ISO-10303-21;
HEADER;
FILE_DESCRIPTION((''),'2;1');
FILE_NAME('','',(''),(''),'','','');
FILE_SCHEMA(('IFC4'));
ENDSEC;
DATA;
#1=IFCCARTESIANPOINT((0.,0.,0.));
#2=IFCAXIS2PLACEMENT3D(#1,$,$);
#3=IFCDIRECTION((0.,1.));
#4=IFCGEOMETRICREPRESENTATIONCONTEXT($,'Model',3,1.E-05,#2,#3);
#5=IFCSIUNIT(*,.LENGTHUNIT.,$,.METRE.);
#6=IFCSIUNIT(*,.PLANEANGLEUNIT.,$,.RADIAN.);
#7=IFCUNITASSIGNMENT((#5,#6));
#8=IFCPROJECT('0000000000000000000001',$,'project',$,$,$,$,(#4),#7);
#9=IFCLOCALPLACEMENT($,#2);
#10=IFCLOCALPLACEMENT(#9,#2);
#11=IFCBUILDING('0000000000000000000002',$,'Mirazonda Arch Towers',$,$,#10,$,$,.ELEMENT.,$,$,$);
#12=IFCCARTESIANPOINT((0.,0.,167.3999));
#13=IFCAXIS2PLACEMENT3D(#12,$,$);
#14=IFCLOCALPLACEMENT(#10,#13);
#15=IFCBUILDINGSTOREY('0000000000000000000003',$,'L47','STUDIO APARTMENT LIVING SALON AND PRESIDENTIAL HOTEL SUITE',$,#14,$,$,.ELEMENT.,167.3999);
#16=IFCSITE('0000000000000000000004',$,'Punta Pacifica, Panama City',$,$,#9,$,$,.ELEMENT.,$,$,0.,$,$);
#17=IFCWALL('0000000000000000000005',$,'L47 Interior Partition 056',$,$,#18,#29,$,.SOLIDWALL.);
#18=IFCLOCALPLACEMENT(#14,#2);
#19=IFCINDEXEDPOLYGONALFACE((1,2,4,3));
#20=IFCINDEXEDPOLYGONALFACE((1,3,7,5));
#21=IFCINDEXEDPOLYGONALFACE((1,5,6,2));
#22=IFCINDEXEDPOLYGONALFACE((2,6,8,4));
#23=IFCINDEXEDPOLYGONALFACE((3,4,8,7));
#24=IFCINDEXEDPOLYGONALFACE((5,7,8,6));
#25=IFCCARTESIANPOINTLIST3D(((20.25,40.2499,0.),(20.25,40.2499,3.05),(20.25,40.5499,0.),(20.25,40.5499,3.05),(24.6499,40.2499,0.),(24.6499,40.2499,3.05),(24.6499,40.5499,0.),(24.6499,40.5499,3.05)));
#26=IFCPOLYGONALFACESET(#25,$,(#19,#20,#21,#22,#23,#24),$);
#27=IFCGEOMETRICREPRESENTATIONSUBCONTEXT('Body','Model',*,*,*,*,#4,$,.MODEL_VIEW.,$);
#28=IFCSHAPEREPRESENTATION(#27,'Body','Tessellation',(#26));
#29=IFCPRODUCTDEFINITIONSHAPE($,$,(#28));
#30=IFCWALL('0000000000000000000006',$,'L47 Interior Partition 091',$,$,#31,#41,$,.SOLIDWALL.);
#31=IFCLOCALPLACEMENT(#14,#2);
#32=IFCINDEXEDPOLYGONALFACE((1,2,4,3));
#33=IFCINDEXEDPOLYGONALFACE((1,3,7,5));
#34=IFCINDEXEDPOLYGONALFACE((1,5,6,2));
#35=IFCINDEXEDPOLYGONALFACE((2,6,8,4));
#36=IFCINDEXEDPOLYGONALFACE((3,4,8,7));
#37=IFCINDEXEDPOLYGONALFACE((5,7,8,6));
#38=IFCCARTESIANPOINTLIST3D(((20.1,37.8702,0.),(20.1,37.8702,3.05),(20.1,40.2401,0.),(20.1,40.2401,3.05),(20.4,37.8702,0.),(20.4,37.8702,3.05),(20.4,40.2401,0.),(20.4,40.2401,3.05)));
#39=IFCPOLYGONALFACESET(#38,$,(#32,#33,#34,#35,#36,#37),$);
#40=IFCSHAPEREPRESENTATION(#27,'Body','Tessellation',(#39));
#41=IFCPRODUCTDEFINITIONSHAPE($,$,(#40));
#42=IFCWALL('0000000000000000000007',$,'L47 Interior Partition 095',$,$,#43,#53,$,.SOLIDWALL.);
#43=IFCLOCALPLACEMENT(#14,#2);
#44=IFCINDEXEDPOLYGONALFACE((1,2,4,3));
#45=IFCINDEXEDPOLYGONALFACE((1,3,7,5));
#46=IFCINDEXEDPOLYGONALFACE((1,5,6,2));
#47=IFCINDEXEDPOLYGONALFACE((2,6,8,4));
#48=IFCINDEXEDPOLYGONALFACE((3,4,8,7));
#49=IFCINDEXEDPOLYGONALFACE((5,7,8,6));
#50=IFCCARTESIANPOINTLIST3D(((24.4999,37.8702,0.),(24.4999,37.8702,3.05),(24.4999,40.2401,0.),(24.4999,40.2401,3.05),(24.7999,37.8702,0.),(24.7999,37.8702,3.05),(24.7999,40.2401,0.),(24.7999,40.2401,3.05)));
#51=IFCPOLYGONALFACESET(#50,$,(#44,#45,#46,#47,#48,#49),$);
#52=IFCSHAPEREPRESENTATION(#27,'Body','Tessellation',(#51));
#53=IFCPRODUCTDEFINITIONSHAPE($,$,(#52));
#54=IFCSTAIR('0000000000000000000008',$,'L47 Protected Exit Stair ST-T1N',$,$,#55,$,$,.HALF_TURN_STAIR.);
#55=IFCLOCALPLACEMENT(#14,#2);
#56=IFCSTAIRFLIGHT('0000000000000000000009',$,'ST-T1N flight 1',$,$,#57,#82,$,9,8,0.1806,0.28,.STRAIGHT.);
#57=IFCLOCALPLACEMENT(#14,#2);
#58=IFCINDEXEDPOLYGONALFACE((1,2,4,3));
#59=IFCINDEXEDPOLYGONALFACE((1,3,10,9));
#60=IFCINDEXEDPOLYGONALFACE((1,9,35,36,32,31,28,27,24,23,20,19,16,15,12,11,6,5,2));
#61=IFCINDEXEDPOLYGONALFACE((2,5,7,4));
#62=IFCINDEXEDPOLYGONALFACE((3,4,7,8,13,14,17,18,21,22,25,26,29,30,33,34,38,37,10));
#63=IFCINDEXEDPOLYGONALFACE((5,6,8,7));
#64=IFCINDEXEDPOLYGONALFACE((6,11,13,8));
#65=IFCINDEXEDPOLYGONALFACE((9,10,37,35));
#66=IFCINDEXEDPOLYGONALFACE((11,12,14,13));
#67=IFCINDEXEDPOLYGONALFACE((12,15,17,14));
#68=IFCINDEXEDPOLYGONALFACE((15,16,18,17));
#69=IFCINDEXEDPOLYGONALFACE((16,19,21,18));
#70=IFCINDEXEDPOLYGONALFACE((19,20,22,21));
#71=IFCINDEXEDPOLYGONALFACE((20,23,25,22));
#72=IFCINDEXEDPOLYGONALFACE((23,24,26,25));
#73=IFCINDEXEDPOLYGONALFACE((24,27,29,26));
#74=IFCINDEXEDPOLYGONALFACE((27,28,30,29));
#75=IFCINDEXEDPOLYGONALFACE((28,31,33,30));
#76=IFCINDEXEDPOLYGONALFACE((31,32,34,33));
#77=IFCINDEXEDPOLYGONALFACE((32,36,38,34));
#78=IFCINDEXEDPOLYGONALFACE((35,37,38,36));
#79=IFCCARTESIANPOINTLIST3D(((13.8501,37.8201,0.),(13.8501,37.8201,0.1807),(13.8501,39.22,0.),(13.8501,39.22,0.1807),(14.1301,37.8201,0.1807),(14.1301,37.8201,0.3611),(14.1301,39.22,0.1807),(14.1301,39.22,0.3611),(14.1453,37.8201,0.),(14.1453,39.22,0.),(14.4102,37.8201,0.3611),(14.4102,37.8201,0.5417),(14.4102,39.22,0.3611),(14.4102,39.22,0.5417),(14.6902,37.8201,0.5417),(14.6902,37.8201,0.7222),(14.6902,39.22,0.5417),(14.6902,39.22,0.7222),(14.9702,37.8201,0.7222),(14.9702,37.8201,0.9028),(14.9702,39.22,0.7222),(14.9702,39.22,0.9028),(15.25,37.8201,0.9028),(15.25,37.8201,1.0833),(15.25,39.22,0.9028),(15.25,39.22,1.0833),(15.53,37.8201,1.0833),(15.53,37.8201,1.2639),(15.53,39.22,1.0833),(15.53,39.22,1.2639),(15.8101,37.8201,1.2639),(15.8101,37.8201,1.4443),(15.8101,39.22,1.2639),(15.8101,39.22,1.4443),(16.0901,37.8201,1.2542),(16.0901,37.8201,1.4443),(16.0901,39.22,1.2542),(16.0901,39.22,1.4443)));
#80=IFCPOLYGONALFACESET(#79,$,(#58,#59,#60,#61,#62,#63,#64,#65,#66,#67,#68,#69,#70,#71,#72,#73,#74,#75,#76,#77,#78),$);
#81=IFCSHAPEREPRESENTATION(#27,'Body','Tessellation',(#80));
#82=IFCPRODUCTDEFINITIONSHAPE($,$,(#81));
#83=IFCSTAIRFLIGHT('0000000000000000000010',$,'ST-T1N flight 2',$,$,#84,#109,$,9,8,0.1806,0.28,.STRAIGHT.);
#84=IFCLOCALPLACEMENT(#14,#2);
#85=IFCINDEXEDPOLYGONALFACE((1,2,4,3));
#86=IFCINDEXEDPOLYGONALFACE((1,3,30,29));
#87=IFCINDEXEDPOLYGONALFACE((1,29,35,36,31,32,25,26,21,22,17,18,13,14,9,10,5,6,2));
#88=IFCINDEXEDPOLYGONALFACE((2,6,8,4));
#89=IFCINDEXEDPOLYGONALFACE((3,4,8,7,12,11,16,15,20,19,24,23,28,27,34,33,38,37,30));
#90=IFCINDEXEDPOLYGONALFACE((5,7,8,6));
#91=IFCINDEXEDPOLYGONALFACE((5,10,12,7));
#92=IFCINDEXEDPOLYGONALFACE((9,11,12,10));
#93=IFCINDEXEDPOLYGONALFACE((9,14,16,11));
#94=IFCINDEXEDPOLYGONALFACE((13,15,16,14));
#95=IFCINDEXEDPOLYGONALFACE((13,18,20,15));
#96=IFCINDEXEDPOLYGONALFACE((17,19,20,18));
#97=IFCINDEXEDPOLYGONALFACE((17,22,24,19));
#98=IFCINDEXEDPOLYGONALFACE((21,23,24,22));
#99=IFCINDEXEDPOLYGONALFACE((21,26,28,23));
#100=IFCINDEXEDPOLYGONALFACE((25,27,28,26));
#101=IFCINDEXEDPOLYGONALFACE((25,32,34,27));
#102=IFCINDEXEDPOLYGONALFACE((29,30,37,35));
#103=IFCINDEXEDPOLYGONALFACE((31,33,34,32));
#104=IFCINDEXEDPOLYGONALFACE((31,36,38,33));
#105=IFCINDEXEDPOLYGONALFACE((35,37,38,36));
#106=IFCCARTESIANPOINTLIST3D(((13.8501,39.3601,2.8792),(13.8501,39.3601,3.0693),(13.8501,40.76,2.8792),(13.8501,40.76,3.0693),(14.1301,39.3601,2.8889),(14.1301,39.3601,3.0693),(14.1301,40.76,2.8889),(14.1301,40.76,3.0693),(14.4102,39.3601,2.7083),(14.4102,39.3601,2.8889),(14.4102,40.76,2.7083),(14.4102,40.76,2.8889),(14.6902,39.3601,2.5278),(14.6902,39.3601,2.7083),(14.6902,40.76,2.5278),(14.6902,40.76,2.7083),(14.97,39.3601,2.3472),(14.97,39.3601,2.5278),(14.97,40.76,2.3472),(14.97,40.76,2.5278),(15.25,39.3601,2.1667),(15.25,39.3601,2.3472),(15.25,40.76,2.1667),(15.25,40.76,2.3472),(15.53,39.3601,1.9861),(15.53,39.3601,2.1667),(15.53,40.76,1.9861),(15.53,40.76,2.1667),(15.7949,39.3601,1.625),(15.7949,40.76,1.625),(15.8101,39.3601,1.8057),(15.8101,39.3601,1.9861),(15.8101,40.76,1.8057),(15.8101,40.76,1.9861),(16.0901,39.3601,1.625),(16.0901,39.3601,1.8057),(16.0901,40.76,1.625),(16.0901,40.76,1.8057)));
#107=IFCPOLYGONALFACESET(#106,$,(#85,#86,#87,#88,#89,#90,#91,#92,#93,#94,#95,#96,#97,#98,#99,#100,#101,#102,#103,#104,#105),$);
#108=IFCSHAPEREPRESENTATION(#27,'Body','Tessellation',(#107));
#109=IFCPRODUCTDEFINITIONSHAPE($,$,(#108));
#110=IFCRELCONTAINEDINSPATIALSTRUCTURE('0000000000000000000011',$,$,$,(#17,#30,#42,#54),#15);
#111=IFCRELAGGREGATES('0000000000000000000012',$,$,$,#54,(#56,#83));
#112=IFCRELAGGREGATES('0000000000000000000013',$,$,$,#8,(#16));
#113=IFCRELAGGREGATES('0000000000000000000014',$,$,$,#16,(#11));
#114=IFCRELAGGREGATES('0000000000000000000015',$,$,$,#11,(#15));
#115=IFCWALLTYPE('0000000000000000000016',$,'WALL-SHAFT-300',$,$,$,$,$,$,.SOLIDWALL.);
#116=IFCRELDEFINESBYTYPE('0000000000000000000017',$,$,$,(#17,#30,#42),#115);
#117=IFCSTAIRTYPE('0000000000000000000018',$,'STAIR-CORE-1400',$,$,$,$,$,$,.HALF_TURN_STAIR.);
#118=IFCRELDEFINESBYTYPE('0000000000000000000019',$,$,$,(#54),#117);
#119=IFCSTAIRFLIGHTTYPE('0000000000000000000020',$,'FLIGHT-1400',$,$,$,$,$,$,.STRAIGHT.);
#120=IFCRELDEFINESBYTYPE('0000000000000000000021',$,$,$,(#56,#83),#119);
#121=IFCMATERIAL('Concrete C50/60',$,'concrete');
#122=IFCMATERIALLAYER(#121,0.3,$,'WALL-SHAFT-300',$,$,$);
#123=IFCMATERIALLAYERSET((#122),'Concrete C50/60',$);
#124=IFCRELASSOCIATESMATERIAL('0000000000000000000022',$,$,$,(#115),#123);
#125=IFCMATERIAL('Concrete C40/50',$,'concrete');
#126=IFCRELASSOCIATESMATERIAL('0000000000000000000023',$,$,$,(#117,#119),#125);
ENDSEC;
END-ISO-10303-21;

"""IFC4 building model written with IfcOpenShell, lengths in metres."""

from ifc_helpers import new_model, si_unit, direction, frame, frame_2d, origin, place, context, subcontext, project, spatial, polyline, rectangle, outline, extrude, material, layer, layer_set, type_object, element, aggregate, save


model = new_model("IFC4")

# Units and contexts
model_context = context("Model", 3, precision=1e-05, world=origin(), true_north=direction((0.0, 1.0)))
body_context = subcontext(model_context, "Body", "Model", "MODEL_VIEW")
ifc_project = project(units=[si_unit("LENGTHUNIT", "METRE"), si_unit("PLANEANGLEUNIT", "RADIAN")], contexts=[model_context])

# Site, building, storey
site_placement = place(None, origin())
site = spatial("IfcSite", under=ifc_project, at=site_placement, Name="Punta Pacifica, Panama City", CompositionType="ELEMENT", RefElevation=0.0)
building_placement = place(site_placement, origin())
building = spatial("IfcBuilding", under=site, at=building_placement, Name="Mirazonda Arch Towers", CompositionType="ELEMENT")
storey_placement = place(building_placement, frame((0.0, 0.0, 167.3999)))
storey = spatial("IfcBuildingStorey", under=building, at=storey_placement, Name="L47", Description="STUDIO APARTMENT LIVING SALON AND PRESIDENTIAL HOTEL SUITE", CompositionType="ELEMENT", Elevation=167.3999)

# Shared definitions
ifc_material_1 = material(Name="Concrete C50/60", Category="concrete")

# Shared definitions
ifc_material_2 = material(Name="Concrete C40/50", Category="concrete")

# Walls
ifc_layer_1 = layer(ifc_material_1, 0.3, Name="WALL-SHAFT-300")
ifc_layer_set_1 = layer_set([ifc_layer_1], Name="Concrete C50/60")
wall_type_1 = type_object("IfcWallType", Name="WALL-SHAFT-300", PredefinedType="SOLIDWALL", material=ifc_layer_set_1)
wall_1_placement = place(storey_placement, frame((20.25, 40.3999, 0.0), z_axis=(0.0, 0.0, 1.0), x_axis=(1.0, 0.0, 0.0)))
element("IfcWall", 1, at=wall_1_placement, inside=storey, type_object=wall_type_1, Name="L47 Interior Partition 056", PredefinedType="SOLIDWALL", context=body_context, shape_type="SweptSolid", body=[
    extrude(rectangle(XDim=4.3999, YDim=0.3, at=frame_2d((2.2, 0.0))), origin(), (0.0, 0.0, 1.0), 3.05),
])
for number, where, z_axis, x_axis, name in (
    (2, (20.25, 37.8701, 0.0), (0.0, 0.0, 1.0), (0.0, 1.0, 0.0), "L47 Interior Partition 091"),
    (3, (24.6499, 37.8701, 0.0), (0.0, 0.0, 1.0), (0.0, 1.0, 0.0), "L47 Interior Partition 095"),
):
    element("IfcWall", number, at=place(storey_placement, frame(where, z_axis=z_axis, x_axis=x_axis)), inside=storey, type_object=wall_type_1, Name=name, PredefinedType="SOLIDWALL", context=body_context, shape_type="SweptSolid", body=[
        extrude(rectangle(XDim=2.3699, YDim=0.3, at=frame_2d((1.1851, 0.0))), origin(), (0.0, 0.0, 1.0), 3.05),
    ])

# Stair, stair flights
stair_type = type_object("IfcStairType", Name="STAIR-CORE-1400", PredefinedType="HALF_TURN_STAIR", material=ifc_material_2)
stair_placement = place(storey_placement, origin())
stair = element("IfcStair", 4, at=stair_placement, inside=storey, type_object=stair_type, Name="L47 Protected Exit Stair ST-T1N", PredefinedType="HALF_TURN_STAIR")
stair_flight_type = type_object("IfcStairFlightType", Name="FLIGHT-1400", PredefinedType="STRAIGHT", material=ifc_material_2)
stair_flight_1_placement = place(storey_placement, frame((13.8501, 38.52, 0.0), z_axis=(0.0, 0.0, 1.0), x_axis=(1.0, 0.0, 0.0)))
stair_flight_1 = element("IfcStairFlight", 5, at=stair_flight_1_placement, type_object=stair_flight_type, Name="ST-T1N flight 1", NumberOfRisers=9, NumberOfTreads=8, PredefinedType="STRAIGHT", RiserHeight=0.1806, TreadLength=0.28, context=body_context, shape_type="SweptSolid", body=[
    extrude(outline(polyline([(0.0, 0.0), (0.0, 0.1807), (0.28, 0.1807), (0.28, 0.3611), (0.5601, 0.3611), (0.5601, 0.5417), (0.8401, 0.5417), (0.8401, 0.7222), (1.1201, 0.7222), (1.1201, 0.9028), (1.3999, 0.9028), (1.3999, 1.0833), (1.6799, 1.0833), (1.6799, 1.2639), (1.96, 1.2639), (1.96, 1.4443), (2.24, 1.4443), (2.24, 1.625), (2.24, 1.2542), (0.2952, 0.0), (0.0, 0.0)])), frame((0.0, 0.7, 0.0), z_axis=(0.0, -1.0, 0.0), x_axis=(1.0, 0.0, 0.0)), (0.0, 0.0, 1.0), 1.3999),
])
stair_flight_2_placement = place(storey_placement, frame((16.0901, 40.0601, 1.625), z_axis=(0.0, 0.0, 1.0), x_axis=(-1.0, 0.0, 0.0)))
stair_flight_2 = element("IfcStairFlight", 6, at=stair_flight_2_placement, type_object=stair_flight_type, Name="ST-T1N flight 2", NumberOfRisers=9, NumberOfTreads=8, PredefinedType="STRAIGHT", RiserHeight=0.1806, TreadLength=0.28, context=body_context, shape_type="SweptSolid", body=[
    extrude(outline(polyline([(0.0, 0.0), (0.0, 0.1807), (0.28, 0.1807), (0.28, 0.3611), (0.5601, 0.3611), (0.5601, 0.5417), (0.8401, 0.5417), (0.8401, 0.7222), (1.1201, 0.7222), (1.1201, 0.9028), (1.3999, 0.9028), (1.3999, 1.0833), (1.6799, 1.0833), (1.6799, 1.2639), (1.96, 1.2639), (1.96, 1.4443), (2.24, 1.4443), (2.24, 1.625), (2.24, 1.2542), (0.2952, 0.0), (0.0, 0.0)])), frame((0.0, 0.7, 0.0), z_axis=(0.0, -1.0, 0.0), x_axis=(1.0, 0.0, 0.0)), (0.0, 0.0, 1.0), 1.3999),
])
aggregate(stair, [stair_flight_1, stair_flight_2])

save(model, "model.ifc")
